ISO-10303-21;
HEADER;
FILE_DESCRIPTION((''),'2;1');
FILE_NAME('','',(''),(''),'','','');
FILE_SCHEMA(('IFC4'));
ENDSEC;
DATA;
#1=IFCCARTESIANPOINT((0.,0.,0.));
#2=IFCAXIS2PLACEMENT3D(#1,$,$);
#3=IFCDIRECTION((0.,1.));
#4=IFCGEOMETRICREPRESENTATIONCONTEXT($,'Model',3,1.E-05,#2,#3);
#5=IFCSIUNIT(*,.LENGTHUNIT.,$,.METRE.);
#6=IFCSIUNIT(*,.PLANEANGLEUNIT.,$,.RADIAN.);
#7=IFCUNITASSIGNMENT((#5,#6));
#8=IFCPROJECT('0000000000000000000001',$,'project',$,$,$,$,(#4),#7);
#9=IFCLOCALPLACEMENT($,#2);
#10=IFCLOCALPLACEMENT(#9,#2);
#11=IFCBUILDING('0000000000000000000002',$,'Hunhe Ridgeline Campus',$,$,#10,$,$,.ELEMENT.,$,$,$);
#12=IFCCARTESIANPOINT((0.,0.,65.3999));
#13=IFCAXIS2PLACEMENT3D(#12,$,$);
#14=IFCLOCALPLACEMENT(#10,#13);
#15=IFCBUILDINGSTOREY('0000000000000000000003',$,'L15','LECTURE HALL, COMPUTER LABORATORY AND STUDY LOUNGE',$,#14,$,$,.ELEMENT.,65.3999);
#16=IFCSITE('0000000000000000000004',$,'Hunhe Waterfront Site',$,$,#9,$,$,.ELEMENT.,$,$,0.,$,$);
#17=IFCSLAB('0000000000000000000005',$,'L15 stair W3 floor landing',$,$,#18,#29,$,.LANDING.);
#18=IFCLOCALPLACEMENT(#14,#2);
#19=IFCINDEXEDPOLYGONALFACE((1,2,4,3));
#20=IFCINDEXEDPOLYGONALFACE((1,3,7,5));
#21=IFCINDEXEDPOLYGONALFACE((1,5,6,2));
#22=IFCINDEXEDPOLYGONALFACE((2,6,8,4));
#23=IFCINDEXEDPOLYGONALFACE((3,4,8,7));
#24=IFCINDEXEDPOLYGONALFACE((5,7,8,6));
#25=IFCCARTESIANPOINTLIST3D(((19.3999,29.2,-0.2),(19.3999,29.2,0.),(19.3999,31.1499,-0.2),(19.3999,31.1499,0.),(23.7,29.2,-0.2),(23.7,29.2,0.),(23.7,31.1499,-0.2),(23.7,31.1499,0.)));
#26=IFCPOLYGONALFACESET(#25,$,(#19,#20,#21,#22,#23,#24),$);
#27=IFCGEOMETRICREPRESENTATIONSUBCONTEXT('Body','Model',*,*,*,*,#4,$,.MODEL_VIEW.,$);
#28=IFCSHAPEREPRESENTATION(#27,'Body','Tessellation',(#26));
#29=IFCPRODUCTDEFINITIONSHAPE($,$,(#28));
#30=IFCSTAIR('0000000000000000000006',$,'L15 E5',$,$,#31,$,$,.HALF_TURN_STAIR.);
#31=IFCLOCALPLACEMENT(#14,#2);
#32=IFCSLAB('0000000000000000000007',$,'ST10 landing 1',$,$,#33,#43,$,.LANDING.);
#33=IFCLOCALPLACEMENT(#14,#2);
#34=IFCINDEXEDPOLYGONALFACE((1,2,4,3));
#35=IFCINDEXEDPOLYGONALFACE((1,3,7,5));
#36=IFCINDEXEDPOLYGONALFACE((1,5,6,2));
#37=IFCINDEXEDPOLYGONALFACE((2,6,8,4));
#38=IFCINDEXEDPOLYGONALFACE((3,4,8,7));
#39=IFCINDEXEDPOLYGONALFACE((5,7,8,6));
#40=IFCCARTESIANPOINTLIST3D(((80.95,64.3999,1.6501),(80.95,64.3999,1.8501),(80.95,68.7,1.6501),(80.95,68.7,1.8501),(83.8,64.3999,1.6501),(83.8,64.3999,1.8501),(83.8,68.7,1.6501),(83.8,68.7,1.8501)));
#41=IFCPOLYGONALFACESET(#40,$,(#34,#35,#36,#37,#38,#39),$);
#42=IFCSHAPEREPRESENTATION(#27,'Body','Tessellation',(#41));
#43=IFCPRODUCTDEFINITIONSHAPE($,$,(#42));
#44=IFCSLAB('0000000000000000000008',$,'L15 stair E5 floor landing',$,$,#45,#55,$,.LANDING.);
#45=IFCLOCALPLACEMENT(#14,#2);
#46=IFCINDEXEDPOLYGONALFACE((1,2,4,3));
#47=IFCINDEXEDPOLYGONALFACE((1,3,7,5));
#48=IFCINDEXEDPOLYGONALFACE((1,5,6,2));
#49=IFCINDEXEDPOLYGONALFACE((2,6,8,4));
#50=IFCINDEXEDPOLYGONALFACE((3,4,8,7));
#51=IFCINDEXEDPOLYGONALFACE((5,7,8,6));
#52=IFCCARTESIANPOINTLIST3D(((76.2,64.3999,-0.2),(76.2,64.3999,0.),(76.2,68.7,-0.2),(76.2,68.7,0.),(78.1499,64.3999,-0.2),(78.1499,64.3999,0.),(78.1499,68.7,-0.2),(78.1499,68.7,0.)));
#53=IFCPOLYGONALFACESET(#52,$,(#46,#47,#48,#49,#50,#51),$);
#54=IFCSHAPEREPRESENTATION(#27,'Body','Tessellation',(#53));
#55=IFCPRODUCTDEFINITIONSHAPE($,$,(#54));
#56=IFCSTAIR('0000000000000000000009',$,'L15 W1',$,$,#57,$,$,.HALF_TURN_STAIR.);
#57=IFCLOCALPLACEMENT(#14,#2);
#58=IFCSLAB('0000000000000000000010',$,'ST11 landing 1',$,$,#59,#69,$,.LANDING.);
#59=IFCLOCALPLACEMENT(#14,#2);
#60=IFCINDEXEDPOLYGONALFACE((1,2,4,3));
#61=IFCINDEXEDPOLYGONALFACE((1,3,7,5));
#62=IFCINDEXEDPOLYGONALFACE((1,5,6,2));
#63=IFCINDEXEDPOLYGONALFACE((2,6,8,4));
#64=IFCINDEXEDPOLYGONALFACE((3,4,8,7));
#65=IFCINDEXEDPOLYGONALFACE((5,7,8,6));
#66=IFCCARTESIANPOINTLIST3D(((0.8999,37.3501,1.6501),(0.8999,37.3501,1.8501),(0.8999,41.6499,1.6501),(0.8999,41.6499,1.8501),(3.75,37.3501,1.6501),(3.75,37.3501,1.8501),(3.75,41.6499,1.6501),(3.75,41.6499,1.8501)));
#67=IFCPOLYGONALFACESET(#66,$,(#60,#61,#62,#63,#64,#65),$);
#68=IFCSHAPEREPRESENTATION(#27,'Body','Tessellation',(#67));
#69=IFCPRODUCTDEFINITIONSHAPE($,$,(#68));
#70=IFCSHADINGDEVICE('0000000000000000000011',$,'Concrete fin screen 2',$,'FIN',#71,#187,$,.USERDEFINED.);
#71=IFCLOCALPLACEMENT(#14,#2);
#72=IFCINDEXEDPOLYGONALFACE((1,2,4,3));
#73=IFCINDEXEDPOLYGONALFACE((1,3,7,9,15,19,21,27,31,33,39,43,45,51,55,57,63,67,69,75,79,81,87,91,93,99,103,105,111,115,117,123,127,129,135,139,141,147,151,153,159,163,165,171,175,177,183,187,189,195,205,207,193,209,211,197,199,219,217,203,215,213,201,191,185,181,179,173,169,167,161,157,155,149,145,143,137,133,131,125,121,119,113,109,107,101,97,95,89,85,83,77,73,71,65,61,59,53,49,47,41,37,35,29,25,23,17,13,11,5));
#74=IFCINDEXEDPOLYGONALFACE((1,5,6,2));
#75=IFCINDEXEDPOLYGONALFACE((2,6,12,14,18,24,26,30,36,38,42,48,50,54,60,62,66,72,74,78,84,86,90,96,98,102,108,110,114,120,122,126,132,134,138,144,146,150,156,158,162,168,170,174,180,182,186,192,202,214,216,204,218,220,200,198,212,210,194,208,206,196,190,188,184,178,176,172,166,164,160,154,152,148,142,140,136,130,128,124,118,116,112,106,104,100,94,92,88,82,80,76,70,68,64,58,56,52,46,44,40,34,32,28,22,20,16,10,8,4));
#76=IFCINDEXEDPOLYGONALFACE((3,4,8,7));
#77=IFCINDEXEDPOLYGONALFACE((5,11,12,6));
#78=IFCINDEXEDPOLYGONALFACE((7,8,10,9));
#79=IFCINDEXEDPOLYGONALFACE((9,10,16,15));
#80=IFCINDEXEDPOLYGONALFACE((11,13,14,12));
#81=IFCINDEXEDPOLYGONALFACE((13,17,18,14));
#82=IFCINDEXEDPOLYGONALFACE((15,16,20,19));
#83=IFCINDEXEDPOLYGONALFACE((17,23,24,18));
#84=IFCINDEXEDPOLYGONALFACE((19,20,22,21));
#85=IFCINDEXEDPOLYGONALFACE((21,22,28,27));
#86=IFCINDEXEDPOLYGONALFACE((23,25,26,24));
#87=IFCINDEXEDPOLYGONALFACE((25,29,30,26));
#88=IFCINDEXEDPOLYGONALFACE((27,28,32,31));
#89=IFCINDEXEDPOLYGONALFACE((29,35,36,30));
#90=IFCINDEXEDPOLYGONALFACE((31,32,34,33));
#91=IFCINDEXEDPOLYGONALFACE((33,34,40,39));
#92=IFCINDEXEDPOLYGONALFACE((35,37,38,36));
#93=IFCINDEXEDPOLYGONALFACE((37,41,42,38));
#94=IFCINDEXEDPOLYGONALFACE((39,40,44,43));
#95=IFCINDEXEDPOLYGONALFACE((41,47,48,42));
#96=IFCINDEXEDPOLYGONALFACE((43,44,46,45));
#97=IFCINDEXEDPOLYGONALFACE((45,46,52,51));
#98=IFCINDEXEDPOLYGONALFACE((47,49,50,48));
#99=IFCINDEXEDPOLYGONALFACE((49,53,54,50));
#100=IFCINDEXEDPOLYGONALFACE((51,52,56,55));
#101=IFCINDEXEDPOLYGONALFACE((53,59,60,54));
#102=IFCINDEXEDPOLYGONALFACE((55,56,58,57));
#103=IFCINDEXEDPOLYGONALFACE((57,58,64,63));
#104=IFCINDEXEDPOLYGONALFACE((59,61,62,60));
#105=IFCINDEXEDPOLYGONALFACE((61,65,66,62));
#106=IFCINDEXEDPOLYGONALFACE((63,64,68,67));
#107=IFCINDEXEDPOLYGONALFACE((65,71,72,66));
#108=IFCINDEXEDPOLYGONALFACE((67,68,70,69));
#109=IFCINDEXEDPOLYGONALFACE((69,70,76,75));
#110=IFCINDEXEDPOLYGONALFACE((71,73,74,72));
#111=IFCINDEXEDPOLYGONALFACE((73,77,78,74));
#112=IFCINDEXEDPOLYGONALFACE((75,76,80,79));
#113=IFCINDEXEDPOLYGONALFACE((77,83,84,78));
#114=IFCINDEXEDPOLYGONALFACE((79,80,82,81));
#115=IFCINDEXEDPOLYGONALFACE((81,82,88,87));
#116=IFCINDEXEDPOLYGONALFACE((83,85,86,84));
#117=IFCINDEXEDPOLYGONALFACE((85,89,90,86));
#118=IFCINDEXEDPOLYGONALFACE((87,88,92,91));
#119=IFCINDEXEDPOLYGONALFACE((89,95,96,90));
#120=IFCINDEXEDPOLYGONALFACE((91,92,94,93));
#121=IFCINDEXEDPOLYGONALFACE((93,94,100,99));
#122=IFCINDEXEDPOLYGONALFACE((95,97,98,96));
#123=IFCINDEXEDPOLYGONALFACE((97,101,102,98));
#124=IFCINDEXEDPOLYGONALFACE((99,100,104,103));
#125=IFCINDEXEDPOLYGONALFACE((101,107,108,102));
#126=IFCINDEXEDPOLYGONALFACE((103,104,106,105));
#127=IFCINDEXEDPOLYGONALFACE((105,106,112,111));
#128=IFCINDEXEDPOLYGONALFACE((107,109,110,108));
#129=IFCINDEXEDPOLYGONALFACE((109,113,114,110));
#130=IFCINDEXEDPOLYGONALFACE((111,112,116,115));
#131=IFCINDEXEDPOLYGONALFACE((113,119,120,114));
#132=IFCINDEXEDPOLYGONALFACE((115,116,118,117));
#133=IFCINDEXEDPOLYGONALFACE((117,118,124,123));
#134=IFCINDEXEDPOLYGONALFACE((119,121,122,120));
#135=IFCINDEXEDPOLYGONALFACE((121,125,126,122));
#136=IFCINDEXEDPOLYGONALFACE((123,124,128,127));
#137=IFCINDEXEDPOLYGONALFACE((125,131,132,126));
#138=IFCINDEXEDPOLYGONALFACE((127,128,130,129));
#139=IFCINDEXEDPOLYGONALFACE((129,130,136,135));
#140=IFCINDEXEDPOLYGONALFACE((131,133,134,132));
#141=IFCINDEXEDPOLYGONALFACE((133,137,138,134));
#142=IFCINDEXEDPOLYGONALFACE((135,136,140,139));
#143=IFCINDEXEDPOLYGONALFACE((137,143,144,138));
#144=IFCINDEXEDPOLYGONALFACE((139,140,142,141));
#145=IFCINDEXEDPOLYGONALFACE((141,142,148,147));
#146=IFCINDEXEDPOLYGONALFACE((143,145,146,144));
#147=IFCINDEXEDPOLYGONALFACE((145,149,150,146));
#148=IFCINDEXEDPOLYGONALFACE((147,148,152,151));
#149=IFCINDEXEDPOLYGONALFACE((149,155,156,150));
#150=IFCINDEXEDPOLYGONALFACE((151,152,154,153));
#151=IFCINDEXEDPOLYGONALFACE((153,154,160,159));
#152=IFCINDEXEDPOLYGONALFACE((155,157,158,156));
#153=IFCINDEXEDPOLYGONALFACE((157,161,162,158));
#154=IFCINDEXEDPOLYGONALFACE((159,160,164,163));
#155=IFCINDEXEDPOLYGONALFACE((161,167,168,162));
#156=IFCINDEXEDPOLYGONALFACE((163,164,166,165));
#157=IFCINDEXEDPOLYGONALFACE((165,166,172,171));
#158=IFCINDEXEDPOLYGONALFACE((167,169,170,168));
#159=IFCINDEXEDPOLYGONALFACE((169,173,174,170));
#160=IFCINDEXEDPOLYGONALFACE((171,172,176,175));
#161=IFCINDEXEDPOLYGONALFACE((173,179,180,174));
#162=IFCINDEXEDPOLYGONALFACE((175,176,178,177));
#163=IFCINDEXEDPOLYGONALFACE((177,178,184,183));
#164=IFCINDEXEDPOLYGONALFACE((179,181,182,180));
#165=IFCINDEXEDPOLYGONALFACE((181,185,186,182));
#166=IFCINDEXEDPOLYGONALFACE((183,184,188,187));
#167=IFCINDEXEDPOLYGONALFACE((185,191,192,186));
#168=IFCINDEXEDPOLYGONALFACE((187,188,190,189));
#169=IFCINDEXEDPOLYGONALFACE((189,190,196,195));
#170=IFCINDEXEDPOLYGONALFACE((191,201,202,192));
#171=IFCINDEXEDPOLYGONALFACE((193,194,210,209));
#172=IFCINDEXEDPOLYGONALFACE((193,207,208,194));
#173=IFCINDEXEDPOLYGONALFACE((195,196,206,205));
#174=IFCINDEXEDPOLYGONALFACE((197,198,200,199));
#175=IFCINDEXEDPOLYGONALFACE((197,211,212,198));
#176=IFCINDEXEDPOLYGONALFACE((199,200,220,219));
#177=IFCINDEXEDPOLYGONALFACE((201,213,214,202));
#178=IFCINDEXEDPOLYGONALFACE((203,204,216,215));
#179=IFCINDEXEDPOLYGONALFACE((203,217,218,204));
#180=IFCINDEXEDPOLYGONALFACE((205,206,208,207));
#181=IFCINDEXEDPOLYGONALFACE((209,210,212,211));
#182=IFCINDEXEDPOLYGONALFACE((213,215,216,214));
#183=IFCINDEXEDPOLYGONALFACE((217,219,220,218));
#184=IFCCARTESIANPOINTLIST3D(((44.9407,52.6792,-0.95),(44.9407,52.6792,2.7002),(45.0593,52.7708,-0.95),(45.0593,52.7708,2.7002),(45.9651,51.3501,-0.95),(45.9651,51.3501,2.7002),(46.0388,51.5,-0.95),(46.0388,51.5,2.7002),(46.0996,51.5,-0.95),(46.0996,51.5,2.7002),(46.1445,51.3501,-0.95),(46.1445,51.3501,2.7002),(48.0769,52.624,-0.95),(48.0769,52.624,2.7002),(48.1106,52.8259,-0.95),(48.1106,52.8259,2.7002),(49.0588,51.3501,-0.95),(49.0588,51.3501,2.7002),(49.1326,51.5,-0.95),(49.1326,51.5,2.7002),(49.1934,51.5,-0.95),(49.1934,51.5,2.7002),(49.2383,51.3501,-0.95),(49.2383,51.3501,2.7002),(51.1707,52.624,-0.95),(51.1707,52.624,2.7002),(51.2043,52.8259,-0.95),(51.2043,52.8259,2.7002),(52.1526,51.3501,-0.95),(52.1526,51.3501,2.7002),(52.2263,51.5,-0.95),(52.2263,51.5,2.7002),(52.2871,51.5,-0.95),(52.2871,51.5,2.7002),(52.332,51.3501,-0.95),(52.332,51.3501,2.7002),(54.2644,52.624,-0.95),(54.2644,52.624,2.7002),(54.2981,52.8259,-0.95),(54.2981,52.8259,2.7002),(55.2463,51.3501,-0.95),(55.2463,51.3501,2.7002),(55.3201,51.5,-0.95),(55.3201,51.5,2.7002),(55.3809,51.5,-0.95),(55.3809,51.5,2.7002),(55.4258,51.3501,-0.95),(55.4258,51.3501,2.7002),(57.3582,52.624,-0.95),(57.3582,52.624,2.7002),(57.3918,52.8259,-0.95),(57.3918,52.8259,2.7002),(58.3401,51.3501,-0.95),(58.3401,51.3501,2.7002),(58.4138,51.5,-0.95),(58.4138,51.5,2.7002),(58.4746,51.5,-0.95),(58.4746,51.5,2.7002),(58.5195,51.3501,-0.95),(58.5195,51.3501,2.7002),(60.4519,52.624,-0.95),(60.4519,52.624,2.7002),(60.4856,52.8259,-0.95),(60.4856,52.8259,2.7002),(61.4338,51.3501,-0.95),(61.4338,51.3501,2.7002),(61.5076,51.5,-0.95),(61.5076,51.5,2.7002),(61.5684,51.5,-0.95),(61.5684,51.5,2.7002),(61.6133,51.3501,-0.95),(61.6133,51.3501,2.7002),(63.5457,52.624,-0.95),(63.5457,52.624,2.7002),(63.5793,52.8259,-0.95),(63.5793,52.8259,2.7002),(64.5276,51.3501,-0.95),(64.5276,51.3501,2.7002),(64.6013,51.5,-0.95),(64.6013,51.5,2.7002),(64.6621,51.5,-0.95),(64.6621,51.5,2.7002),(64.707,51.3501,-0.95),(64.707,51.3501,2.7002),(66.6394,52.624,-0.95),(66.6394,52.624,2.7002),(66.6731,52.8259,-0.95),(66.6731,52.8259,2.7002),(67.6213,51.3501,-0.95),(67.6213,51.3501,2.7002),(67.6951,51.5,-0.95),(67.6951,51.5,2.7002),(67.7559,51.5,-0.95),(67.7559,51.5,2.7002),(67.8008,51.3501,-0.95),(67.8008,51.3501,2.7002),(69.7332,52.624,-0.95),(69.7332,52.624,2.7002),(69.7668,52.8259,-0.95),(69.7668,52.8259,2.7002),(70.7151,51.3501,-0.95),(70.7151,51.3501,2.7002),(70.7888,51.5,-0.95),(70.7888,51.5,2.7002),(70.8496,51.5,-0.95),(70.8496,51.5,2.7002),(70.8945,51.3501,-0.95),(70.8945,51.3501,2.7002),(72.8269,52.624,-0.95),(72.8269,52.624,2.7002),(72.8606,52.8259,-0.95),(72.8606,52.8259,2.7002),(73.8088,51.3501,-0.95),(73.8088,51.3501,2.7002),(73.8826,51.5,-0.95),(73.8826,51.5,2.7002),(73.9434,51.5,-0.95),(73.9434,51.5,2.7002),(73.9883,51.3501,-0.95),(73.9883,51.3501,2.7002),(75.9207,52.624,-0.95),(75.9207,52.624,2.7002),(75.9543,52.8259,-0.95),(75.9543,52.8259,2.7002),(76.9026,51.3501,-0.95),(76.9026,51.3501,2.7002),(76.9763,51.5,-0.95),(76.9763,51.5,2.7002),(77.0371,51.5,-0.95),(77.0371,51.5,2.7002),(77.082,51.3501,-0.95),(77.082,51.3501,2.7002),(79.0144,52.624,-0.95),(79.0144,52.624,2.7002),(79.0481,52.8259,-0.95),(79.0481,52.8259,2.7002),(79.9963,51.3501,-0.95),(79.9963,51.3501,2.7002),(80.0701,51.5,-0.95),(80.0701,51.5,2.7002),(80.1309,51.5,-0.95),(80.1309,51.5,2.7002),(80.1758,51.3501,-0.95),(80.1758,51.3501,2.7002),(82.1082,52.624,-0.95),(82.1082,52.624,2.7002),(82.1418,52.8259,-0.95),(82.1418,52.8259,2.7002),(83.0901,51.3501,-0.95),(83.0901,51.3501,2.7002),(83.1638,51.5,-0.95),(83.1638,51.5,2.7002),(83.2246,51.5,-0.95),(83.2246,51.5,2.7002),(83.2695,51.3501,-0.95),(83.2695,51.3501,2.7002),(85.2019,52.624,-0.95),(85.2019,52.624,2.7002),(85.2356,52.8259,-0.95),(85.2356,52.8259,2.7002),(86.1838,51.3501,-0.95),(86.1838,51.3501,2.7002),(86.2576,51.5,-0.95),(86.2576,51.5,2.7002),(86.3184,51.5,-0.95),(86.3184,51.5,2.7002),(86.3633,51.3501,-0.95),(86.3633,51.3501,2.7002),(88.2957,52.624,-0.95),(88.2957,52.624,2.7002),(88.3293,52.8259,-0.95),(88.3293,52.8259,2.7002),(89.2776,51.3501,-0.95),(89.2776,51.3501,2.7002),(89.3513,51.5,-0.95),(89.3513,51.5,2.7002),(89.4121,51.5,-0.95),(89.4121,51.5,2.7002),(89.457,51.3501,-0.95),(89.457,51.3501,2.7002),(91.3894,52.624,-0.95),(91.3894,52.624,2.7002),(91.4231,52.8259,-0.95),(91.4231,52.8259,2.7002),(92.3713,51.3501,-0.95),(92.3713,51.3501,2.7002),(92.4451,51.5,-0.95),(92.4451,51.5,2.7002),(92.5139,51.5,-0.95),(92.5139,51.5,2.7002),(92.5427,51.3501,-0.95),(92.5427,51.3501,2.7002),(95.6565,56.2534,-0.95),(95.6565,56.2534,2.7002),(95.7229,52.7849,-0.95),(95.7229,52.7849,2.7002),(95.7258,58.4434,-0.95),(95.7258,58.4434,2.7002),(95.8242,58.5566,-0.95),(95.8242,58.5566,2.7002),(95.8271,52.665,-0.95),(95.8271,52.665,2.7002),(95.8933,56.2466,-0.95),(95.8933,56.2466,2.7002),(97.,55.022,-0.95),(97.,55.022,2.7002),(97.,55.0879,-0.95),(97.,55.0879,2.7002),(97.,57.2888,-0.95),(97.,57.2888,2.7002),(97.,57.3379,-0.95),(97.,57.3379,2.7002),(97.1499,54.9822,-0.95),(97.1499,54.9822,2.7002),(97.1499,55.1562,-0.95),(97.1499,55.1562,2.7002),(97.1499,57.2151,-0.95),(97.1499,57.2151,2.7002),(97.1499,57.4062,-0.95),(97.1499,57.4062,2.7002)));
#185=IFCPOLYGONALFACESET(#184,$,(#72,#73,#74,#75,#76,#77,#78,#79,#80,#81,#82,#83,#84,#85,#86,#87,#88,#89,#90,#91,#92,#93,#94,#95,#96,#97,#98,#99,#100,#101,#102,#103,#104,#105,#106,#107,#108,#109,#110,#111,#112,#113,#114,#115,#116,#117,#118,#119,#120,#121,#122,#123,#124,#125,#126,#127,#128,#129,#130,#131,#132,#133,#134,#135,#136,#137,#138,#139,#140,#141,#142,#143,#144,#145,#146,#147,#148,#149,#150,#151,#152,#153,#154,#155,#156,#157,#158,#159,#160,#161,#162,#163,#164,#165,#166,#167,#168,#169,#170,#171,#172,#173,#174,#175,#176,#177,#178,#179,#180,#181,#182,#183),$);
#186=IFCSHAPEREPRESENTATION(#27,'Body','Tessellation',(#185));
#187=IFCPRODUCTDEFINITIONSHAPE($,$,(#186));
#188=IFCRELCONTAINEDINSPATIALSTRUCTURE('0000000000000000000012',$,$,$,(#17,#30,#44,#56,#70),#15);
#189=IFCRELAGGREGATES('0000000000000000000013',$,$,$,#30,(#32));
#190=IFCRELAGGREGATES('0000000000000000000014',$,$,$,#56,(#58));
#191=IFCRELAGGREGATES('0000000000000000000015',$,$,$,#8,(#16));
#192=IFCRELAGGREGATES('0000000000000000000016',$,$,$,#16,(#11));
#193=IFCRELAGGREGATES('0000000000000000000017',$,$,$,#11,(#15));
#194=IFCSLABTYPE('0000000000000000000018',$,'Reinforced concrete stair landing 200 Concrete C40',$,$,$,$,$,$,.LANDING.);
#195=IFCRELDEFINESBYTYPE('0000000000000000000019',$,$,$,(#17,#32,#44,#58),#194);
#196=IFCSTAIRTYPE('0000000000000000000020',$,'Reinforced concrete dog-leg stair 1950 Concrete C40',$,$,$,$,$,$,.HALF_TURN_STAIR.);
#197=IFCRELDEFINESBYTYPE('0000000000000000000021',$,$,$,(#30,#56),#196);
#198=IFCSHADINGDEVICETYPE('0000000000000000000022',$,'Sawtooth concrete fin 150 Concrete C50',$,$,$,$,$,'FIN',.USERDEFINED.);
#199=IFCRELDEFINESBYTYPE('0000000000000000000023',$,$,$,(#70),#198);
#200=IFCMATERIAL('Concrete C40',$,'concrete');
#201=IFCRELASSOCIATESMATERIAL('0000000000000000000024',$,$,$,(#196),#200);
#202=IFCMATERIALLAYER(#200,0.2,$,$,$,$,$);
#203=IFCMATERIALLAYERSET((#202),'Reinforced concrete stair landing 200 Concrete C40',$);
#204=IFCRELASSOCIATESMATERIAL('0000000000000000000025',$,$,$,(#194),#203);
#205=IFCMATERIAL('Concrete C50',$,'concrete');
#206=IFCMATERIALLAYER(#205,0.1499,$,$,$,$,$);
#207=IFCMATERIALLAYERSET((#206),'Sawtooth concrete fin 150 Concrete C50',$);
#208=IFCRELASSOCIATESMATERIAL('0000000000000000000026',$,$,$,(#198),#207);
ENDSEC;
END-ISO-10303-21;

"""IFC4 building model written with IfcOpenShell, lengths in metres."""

from ifc_helpers import new_model, si_unit, direction, frame, origin, place, context, subcontext, project, spatial, polyline, outline, extrude, material, layer, layer_set, type_object, element, aggregate, save


model = new_model("IFC4")

# Units and contexts
model_context = context("Model", 3, precision=1e-05, world=origin(), true_north=direction((0.0, 1.0)))
body_context = subcontext(model_context, "Body", "Model", "MODEL_VIEW")
ifc_project = project(units=[si_unit("LENGTHUNIT", "METRE"), si_unit("PLANEANGLEUNIT", "RADIAN")], contexts=[model_context])

# Site, building, storey
site_placement = place(None, origin())
site = spatial("IfcSite", under=ifc_project, at=site_placement, Name="Hunhe Waterfront Site", CompositionType="ELEMENT", RefElevation=0.0)
building_placement = place(site_placement, origin())
building = spatial("IfcBuilding", under=site, at=building_placement, Name="Hunhe Ridgeline Campus", CompositionType="ELEMENT")
storey_placement = place(building_placement, frame((0.0, 0.0, 65.3999)))
storey = spatial("IfcBuildingStorey", under=building, at=storey_placement, Name="L15", Description="LECTURE HALL, COMPUTER LABORATORY AND STUDY LOUNGE", CompositionType="ELEMENT", Elevation=65.3999)

# Shared definitions
ifc_material_1 = material(Name="Concrete C40", Category="concrete")

# Shared definitions
stair_type = type_object("IfcStairType", Name="Reinforced concrete dog-leg stair 1950 Concrete C40", PredefinedType="HALF_TURN_STAIR", material=ifc_material_1)
ifc_layer_1 = layer(ifc_material_1, 0.2)
ifc_layer_set_1 = layer_set([ifc_layer_1], Name="Reinforced concrete stair landing 200 Concrete C40")
slab_type_1 = type_object("IfcSlabType", Name="Reinforced concrete stair landing 200 Concrete C40", PredefinedType="LANDING", material=ifc_layer_set_1)

# Slab
slab_1_placement = place(storey_placement, frame((0.0, 0.0, -0.2)))
element("IfcSlab", 1, at=slab_1_placement, inside=storey, type_object=slab_type_1, Name="L15 stair W3 floor landing", PredefinedType="LANDING", context=body_context, shape_type="SweptSolid", body=[
    extrude(outline(polyline([(23.7, 29.2), (23.7, 31.1499), (19.3999, 31.1499), (19.3999, 29.2), (23.7, 29.2)])), origin(), (0.0, 0.0, 1.0), 0.2),
])

# Stair, slab
stair_1_placement = place(storey_placement, origin())
stair_1 = element("IfcStair", 2, at=stair_1_placement, inside=storey, type_object=stair_type, Name="L15 E5", PredefinedType="HALF_TURN_STAIR")
slab_2_placement = place(storey_placement, frame((0.0, 0.0, 1.6501)))
slab_2 = element("IfcSlab", 3, at=slab_2_placement, type_object=slab_type_1, Name="ST10 landing 1", PredefinedType="LANDING", context=body_context, shape_type="SweptSolid", body=[
    extrude(outline(polyline([(80.95, 64.3999), (83.8, 64.3999), (83.8, 68.7), (80.95, 68.7), (80.95, 64.3999)])), origin(), (0.0, 0.0, 1.0), 0.2),
])
aggregate(stair_1, [slab_2])

# Slab
slab_3_placement = place(storey_placement, frame((0.0, 0.0, -0.2)))
element("IfcSlab", 4, at=slab_3_placement, inside=storey, type_object=slab_type_1, Name="L15 stair E5 floor landing", PredefinedType="LANDING", context=body_context, shape_type="SweptSolid", body=[
    extrude(outline(polyline([(76.2, 64.3999), (78.1499, 64.3999), (78.1499, 68.7), (76.2, 68.7), (76.2, 64.3999)])), origin(), (0.0, 0.0, 1.0), 0.2),
])

# Stair, slab
stair_2_placement = place(storey_placement, origin())
stair_2 = element("IfcStair", 5, at=stair_2_placement, inside=storey, type_object=stair_type, Name="L15 W1", PredefinedType="HALF_TURN_STAIR")
slab_4_placement = place(storey_placement, frame((0.0, 0.0, 1.6501)))
slab_4 = element("IfcSlab", 6, at=slab_4_placement, type_object=slab_type_1, Name="ST11 landing 1", PredefinedType="LANDING", context=body_context, shape_type="SweptSolid", body=[
    extrude(outline(polyline([(3.75, 41.6499), (0.8999, 41.6499), (0.8999, 37.3501), (3.75, 37.3501), (3.75, 41.6499)])), origin(), (0.0, 0.0, 1.0), 0.2),
])
aggregate(stair_2, [slab_4])

# Shading device
ifc_material_2 = material(Name="Concrete C50", Category="concrete")
ifc_layer_2 = layer(ifc_material_2, 0.1499)
ifc_layer_set_2 = layer_set([ifc_layer_2], Name="Sawtooth concrete fin 150 Concrete C50")
shading_device_type = type_object("IfcShadingDeviceType", Name="Sawtooth concrete fin 150 Concrete C50", ElementType="FIN", PredefinedType="USERDEFINED", material=ifc_layer_set_2)
shading_device_1_placement = place(storey_placement, frame((0.0, 0.0, -0.95)))
element("IfcShadingDevice", 7, at=shading_device_1_placement, inside=storey, type_object=shading_device_type, Name="Concrete fin screen 2", ObjectType="FIN", PredefinedType="USERDEFINED", context=body_context, shape_type="SweptSolid", body=[
    extrude(outline(polyline([(45.0593, 52.7708), (44.9407, 52.6792), (45.9651, 51.3501), (46.1445, 51.3501), (48.0769, 52.624), (49.0588, 51.3501), (49.2383, 51.3501), (51.1707, 52.624), (52.1526, 51.3501), (52.332, 51.3501), (54.2644, 52.624), (55.2463, 51.3501), (55.4258, 51.3501), (57.3582, 52.624), (58.3401, 51.3501), (58.5195, 51.3501), (60.4519, 52.624), (61.4338, 51.3501), (61.6133, 51.3501), (63.5457, 52.624), (64.5276, 51.3501), (64.707, 51.3501), (66.6394, 52.624), (67.6213, 51.3501), (67.8008, 51.3501), (69.7332, 52.624), (70.7151, 51.3501), (70.8945, 51.3501), (72.8269, 52.624), (73.8088, 51.3501), (73.9883, 51.3501), (75.9207, 52.624), (76.9026, 51.3501), (77.082, 51.3501), (79.0144, 52.624), (79.9963, 51.3501), (80.1758, 51.3501), (82.1082, 52.624), (83.0901, 51.3501), (83.2695, 51.3501), (85.2019, 52.624), (86.1838, 51.3501), (86.3633, 51.3501), (88.2957, 52.624), (89.2776, 51.3501), (89.457, 51.3501), (91.3894, 52.624), (92.3713, 51.3501), (92.5427, 51.3501), (95.8271, 52.665), (97.1499, 54.9822), (97.1499, 55.1562), (95.8933, 56.2466), (97.1499, 57.2151), (97.1499, 57.4062), (95.8242, 58.5566), (95.7258, 58.4434), (97.0, 57.3379), (97.0, 57.2888), (95.6565, 56.2534), (97.0, 55.0879), (97.0, 55.022), (95.7229, 52.7849), (92.5139, 51.5), (92.4451, 51.5), (91.4231, 52.8259), (89.4121, 51.5), (89.3513, 51.5), (88.3293, 52.8259), (86.3184, 51.5), (86.2576, 51.5), (85.2356, 52.8259), (83.2246, 51.5), (83.1638, 51.5), (82.1418, 52.8259), (80.1309, 51.5), (80.0701, 51.5), (79.0481, 52.8259), (77.0371, 51.5), (76.9763, 51.5), (75.9543, 52.8259), (73.9434, 51.5), (73.8826, 51.5), (72.8606, 52.8259), (70.8496, 51.5), (70.7888, 51.5), (69.7668, 52.8259), (67.7559, 51.5), (67.6951, 51.5), (66.6731, 52.8259), (64.6621, 51.5), (64.6013, 51.5), (63.5793, 52.8259), (61.5684, 51.5), (61.5076, 51.5), (60.4856, 52.8259), (58.4746, 51.5), (58.4138, 51.5), (57.3918, 52.8259), (55.3809, 51.5), (55.3201, 51.5), (54.2981, 52.8259), (52.2871, 51.5), (52.2263, 51.5), (51.2043, 52.8259), (49.1934, 51.5), (49.1326, 51.5), (48.1106, 52.8259), (46.0996, 51.5), (46.0388, 51.5), (45.0593, 52.7708)])), origin(), (0.0, 0.0, 1.0), 3.6501),
])

save(model, "model.ifc")
